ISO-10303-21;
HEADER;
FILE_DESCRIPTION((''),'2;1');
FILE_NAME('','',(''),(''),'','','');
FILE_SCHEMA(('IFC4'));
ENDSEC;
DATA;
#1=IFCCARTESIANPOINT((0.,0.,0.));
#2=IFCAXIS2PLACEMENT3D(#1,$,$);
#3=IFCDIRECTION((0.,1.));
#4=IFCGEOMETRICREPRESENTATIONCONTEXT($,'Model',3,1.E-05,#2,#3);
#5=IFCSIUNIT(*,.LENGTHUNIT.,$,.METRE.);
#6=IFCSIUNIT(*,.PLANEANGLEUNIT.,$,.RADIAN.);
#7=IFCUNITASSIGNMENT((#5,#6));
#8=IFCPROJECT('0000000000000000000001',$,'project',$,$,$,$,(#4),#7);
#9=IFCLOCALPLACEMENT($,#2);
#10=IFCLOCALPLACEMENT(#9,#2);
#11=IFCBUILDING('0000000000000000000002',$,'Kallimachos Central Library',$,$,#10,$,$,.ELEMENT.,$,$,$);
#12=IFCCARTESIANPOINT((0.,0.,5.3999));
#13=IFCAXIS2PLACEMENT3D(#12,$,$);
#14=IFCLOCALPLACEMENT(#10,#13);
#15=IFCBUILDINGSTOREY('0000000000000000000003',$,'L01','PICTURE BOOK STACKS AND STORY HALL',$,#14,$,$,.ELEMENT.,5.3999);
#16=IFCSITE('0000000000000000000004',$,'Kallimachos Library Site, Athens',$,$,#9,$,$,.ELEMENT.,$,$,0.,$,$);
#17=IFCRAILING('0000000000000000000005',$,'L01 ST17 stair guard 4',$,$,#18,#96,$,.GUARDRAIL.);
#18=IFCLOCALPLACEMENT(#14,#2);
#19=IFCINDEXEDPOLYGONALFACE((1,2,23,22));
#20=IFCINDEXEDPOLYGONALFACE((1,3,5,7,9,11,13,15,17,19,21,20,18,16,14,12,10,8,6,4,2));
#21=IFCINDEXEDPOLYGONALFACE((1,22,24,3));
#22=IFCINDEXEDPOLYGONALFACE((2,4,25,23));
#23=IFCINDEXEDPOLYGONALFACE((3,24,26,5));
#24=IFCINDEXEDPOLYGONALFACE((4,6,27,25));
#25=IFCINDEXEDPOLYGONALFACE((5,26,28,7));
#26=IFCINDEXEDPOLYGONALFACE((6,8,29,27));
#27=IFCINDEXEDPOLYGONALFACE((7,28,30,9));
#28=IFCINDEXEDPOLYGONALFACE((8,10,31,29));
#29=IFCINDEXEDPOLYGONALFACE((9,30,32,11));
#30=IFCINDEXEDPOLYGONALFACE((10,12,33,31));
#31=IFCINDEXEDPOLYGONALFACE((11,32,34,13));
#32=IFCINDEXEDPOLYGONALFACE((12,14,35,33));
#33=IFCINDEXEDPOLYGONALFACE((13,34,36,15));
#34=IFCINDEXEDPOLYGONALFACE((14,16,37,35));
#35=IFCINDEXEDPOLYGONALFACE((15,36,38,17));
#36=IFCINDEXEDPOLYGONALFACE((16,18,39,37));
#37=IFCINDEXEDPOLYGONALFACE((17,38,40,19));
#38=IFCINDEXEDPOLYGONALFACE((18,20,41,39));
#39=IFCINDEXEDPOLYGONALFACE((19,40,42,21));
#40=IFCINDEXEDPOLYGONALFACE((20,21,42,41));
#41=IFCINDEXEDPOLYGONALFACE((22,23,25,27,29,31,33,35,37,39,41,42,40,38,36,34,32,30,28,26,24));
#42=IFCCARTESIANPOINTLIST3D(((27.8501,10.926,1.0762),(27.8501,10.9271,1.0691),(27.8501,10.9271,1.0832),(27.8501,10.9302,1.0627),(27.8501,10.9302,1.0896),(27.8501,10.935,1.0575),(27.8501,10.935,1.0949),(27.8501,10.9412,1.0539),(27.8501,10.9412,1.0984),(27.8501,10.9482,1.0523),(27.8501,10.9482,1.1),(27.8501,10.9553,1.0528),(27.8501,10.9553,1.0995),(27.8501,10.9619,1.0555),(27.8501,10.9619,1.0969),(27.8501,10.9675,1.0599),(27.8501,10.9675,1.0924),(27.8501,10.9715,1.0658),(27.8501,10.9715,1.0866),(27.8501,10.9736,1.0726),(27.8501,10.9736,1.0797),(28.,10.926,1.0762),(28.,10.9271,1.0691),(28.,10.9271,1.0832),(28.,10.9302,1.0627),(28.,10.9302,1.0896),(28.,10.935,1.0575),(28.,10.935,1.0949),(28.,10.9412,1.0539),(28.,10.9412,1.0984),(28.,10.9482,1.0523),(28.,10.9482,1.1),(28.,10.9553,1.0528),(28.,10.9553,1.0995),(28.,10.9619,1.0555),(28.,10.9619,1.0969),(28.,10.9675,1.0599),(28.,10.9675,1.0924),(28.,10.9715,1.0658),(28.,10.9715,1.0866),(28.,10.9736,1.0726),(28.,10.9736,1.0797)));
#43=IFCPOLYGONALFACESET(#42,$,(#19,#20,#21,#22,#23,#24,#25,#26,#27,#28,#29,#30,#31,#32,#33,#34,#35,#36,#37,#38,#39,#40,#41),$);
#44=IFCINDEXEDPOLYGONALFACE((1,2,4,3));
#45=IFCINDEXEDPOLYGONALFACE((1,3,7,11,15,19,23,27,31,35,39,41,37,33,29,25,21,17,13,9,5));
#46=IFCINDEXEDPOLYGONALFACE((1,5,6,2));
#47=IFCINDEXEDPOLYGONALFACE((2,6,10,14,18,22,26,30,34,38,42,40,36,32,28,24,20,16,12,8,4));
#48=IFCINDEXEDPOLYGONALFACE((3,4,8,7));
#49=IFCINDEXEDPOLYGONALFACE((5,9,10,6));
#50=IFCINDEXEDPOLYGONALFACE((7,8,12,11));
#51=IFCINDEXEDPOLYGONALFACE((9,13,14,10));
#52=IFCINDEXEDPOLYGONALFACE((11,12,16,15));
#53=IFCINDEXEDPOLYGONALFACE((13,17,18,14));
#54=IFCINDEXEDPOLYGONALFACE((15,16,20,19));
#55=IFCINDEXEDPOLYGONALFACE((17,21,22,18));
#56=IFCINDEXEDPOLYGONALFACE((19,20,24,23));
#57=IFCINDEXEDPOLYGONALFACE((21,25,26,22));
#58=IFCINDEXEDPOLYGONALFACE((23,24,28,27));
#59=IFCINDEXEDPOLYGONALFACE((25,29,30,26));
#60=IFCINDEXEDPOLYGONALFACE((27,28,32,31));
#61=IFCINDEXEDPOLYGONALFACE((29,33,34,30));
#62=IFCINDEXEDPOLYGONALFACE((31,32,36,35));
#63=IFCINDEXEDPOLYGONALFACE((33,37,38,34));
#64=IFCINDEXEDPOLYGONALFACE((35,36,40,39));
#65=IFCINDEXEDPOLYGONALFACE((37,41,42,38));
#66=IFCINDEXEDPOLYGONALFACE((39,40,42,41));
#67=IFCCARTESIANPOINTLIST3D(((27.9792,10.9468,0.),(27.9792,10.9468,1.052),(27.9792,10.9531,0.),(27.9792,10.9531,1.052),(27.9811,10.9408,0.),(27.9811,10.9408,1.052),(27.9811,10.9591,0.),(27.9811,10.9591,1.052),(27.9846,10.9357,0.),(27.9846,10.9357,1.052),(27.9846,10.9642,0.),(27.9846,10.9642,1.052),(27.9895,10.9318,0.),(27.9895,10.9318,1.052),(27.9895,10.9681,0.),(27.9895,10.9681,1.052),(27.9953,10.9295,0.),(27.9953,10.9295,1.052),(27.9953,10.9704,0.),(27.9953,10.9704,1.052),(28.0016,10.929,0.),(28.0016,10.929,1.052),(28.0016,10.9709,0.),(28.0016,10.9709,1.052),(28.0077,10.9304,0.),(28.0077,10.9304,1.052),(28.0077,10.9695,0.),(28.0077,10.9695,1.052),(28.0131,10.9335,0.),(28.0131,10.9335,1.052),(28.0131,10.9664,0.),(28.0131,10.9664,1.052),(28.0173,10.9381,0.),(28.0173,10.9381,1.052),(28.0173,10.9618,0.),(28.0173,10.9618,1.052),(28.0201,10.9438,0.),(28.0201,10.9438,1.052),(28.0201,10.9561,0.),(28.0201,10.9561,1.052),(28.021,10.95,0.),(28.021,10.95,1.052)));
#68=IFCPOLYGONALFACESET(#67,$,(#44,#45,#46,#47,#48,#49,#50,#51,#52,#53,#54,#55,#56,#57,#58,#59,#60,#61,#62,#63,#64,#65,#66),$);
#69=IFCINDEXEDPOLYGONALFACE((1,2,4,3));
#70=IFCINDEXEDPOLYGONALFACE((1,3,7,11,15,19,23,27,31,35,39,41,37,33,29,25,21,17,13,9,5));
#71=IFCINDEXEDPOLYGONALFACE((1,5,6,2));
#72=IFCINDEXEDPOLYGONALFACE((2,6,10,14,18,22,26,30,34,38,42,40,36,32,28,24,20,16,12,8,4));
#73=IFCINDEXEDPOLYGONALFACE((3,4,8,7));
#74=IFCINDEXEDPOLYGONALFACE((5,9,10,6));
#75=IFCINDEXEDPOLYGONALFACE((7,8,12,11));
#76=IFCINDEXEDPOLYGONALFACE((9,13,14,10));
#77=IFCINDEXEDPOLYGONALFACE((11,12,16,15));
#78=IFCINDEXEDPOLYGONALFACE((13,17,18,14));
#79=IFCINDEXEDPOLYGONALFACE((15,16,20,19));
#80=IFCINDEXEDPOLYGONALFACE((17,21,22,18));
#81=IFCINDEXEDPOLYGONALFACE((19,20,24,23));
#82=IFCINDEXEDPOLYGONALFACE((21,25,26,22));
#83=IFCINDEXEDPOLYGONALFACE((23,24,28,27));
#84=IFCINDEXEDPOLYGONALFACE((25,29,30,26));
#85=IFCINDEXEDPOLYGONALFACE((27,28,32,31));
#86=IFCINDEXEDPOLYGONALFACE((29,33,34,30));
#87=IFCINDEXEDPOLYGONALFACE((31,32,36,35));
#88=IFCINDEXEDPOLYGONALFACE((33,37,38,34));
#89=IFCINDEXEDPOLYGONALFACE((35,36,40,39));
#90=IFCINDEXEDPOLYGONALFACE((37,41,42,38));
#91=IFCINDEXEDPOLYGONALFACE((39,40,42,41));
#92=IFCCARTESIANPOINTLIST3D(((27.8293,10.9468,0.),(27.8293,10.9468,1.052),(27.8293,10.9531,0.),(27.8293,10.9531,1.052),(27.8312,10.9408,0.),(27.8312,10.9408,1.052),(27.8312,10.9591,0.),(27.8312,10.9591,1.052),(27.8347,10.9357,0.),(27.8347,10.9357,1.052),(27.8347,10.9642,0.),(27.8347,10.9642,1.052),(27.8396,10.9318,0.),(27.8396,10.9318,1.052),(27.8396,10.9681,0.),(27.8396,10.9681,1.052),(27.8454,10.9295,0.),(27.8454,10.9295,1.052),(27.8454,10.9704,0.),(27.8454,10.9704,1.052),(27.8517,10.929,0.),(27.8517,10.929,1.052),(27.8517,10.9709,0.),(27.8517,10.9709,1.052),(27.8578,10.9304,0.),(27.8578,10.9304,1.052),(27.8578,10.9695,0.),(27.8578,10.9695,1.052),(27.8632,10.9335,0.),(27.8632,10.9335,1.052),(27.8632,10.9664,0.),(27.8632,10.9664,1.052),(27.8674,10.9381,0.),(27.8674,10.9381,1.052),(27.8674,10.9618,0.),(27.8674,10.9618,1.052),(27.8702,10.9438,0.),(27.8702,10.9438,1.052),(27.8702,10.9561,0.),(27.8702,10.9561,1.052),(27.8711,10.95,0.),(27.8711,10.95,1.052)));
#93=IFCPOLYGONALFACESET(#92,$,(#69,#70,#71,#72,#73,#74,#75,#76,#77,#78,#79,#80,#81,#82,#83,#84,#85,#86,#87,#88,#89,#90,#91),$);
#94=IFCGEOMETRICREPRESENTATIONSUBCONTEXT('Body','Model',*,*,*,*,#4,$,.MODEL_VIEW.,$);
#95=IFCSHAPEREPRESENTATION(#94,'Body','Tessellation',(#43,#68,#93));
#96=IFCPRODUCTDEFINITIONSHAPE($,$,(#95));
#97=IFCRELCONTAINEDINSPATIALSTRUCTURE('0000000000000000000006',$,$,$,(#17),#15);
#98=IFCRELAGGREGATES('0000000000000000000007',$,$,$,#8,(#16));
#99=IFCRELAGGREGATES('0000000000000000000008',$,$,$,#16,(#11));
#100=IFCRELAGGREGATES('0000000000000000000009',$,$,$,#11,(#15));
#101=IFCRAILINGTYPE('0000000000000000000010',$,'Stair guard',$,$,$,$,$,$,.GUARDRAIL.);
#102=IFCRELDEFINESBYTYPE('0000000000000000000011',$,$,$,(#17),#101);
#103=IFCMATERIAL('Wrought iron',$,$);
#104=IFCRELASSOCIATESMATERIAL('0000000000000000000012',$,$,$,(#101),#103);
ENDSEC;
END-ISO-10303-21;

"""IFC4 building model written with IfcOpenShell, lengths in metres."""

from ifc_helpers import new_model, si_unit, direction, frame, origin, origin_2d, place, context, subcontext, project, spatial, circle, extrude, material, type_object, element, save


model = new_model("IFC4")

# Units and contexts
model_context = context("Model", 3, precision=1e-05, world=origin(), true_north=direction((0.0, 1.0)))
body_context = subcontext(model_context, "Body", "Model", "MODEL_VIEW")
ifc_project = project(units=[si_unit("LENGTHUNIT", "METRE"), si_unit("PLANEANGLEUNIT", "RADIAN")], contexts=[model_context])

# Site, building, storey
site_placement = place(None, origin())
site = spatial("IfcSite", under=ifc_project, at=site_placement, Name="Kallimachos Library Site, Athens", CompositionType="ELEMENT", RefElevation=0.0)
building_placement = place(site_placement, origin())
building = spatial("IfcBuilding", under=site, at=building_placement, Name="Kallimachos Central Library", CompositionType="ELEMENT")
storey_placement = place(building_placement, frame((0.0, 0.0, 5.3999)))
storey = spatial("IfcBuildingStorey", under=building, at=storey_placement, Name="L01", Description="PICTURE BOOK STACKS AND STORY HALL", CompositionType="ELEMENT", Elevation=5.3999)

# Railing
ifc_material_1 = material(Name="Wrought iron")
railing_type_1 = type_object("IfcRailingType", Name="Stair guard", PredefinedType="GUARDRAIL", material=ifc_material_1)
railing_1_placement = place(storey_placement, frame((28.0, 10.95, 0.0)))
element("IfcRailing", 1, at=railing_1_placement, inside=storey, type_object=railing_type_1, Name="L01 ST17 stair guard 4", PredefinedType="GUARDRAIL", context=body_context, shape_type="SweptSolid", body=[
    extrude(circle(Radius=0.0239, at=origin_2d()), frame((0.0, 0.0, 1.0762), z_axis=(-1.0, 0.0, 0.0), x_axis=(0.0, -1.0, 0.0)), (0.0, 0.0, 1.0), 0.1499),
    extrude(circle(Radius=0.021, at=origin_2d()), origin(), (0.0, 0.0, 1.0), 1.052),
    extrude(circle(Radius=0.021, at=origin_2d()), frame((-0.1499, 0.0, 0.0)), (0.0, 0.0, 1.0), 1.052),
])

save(model, "model.ifc")
